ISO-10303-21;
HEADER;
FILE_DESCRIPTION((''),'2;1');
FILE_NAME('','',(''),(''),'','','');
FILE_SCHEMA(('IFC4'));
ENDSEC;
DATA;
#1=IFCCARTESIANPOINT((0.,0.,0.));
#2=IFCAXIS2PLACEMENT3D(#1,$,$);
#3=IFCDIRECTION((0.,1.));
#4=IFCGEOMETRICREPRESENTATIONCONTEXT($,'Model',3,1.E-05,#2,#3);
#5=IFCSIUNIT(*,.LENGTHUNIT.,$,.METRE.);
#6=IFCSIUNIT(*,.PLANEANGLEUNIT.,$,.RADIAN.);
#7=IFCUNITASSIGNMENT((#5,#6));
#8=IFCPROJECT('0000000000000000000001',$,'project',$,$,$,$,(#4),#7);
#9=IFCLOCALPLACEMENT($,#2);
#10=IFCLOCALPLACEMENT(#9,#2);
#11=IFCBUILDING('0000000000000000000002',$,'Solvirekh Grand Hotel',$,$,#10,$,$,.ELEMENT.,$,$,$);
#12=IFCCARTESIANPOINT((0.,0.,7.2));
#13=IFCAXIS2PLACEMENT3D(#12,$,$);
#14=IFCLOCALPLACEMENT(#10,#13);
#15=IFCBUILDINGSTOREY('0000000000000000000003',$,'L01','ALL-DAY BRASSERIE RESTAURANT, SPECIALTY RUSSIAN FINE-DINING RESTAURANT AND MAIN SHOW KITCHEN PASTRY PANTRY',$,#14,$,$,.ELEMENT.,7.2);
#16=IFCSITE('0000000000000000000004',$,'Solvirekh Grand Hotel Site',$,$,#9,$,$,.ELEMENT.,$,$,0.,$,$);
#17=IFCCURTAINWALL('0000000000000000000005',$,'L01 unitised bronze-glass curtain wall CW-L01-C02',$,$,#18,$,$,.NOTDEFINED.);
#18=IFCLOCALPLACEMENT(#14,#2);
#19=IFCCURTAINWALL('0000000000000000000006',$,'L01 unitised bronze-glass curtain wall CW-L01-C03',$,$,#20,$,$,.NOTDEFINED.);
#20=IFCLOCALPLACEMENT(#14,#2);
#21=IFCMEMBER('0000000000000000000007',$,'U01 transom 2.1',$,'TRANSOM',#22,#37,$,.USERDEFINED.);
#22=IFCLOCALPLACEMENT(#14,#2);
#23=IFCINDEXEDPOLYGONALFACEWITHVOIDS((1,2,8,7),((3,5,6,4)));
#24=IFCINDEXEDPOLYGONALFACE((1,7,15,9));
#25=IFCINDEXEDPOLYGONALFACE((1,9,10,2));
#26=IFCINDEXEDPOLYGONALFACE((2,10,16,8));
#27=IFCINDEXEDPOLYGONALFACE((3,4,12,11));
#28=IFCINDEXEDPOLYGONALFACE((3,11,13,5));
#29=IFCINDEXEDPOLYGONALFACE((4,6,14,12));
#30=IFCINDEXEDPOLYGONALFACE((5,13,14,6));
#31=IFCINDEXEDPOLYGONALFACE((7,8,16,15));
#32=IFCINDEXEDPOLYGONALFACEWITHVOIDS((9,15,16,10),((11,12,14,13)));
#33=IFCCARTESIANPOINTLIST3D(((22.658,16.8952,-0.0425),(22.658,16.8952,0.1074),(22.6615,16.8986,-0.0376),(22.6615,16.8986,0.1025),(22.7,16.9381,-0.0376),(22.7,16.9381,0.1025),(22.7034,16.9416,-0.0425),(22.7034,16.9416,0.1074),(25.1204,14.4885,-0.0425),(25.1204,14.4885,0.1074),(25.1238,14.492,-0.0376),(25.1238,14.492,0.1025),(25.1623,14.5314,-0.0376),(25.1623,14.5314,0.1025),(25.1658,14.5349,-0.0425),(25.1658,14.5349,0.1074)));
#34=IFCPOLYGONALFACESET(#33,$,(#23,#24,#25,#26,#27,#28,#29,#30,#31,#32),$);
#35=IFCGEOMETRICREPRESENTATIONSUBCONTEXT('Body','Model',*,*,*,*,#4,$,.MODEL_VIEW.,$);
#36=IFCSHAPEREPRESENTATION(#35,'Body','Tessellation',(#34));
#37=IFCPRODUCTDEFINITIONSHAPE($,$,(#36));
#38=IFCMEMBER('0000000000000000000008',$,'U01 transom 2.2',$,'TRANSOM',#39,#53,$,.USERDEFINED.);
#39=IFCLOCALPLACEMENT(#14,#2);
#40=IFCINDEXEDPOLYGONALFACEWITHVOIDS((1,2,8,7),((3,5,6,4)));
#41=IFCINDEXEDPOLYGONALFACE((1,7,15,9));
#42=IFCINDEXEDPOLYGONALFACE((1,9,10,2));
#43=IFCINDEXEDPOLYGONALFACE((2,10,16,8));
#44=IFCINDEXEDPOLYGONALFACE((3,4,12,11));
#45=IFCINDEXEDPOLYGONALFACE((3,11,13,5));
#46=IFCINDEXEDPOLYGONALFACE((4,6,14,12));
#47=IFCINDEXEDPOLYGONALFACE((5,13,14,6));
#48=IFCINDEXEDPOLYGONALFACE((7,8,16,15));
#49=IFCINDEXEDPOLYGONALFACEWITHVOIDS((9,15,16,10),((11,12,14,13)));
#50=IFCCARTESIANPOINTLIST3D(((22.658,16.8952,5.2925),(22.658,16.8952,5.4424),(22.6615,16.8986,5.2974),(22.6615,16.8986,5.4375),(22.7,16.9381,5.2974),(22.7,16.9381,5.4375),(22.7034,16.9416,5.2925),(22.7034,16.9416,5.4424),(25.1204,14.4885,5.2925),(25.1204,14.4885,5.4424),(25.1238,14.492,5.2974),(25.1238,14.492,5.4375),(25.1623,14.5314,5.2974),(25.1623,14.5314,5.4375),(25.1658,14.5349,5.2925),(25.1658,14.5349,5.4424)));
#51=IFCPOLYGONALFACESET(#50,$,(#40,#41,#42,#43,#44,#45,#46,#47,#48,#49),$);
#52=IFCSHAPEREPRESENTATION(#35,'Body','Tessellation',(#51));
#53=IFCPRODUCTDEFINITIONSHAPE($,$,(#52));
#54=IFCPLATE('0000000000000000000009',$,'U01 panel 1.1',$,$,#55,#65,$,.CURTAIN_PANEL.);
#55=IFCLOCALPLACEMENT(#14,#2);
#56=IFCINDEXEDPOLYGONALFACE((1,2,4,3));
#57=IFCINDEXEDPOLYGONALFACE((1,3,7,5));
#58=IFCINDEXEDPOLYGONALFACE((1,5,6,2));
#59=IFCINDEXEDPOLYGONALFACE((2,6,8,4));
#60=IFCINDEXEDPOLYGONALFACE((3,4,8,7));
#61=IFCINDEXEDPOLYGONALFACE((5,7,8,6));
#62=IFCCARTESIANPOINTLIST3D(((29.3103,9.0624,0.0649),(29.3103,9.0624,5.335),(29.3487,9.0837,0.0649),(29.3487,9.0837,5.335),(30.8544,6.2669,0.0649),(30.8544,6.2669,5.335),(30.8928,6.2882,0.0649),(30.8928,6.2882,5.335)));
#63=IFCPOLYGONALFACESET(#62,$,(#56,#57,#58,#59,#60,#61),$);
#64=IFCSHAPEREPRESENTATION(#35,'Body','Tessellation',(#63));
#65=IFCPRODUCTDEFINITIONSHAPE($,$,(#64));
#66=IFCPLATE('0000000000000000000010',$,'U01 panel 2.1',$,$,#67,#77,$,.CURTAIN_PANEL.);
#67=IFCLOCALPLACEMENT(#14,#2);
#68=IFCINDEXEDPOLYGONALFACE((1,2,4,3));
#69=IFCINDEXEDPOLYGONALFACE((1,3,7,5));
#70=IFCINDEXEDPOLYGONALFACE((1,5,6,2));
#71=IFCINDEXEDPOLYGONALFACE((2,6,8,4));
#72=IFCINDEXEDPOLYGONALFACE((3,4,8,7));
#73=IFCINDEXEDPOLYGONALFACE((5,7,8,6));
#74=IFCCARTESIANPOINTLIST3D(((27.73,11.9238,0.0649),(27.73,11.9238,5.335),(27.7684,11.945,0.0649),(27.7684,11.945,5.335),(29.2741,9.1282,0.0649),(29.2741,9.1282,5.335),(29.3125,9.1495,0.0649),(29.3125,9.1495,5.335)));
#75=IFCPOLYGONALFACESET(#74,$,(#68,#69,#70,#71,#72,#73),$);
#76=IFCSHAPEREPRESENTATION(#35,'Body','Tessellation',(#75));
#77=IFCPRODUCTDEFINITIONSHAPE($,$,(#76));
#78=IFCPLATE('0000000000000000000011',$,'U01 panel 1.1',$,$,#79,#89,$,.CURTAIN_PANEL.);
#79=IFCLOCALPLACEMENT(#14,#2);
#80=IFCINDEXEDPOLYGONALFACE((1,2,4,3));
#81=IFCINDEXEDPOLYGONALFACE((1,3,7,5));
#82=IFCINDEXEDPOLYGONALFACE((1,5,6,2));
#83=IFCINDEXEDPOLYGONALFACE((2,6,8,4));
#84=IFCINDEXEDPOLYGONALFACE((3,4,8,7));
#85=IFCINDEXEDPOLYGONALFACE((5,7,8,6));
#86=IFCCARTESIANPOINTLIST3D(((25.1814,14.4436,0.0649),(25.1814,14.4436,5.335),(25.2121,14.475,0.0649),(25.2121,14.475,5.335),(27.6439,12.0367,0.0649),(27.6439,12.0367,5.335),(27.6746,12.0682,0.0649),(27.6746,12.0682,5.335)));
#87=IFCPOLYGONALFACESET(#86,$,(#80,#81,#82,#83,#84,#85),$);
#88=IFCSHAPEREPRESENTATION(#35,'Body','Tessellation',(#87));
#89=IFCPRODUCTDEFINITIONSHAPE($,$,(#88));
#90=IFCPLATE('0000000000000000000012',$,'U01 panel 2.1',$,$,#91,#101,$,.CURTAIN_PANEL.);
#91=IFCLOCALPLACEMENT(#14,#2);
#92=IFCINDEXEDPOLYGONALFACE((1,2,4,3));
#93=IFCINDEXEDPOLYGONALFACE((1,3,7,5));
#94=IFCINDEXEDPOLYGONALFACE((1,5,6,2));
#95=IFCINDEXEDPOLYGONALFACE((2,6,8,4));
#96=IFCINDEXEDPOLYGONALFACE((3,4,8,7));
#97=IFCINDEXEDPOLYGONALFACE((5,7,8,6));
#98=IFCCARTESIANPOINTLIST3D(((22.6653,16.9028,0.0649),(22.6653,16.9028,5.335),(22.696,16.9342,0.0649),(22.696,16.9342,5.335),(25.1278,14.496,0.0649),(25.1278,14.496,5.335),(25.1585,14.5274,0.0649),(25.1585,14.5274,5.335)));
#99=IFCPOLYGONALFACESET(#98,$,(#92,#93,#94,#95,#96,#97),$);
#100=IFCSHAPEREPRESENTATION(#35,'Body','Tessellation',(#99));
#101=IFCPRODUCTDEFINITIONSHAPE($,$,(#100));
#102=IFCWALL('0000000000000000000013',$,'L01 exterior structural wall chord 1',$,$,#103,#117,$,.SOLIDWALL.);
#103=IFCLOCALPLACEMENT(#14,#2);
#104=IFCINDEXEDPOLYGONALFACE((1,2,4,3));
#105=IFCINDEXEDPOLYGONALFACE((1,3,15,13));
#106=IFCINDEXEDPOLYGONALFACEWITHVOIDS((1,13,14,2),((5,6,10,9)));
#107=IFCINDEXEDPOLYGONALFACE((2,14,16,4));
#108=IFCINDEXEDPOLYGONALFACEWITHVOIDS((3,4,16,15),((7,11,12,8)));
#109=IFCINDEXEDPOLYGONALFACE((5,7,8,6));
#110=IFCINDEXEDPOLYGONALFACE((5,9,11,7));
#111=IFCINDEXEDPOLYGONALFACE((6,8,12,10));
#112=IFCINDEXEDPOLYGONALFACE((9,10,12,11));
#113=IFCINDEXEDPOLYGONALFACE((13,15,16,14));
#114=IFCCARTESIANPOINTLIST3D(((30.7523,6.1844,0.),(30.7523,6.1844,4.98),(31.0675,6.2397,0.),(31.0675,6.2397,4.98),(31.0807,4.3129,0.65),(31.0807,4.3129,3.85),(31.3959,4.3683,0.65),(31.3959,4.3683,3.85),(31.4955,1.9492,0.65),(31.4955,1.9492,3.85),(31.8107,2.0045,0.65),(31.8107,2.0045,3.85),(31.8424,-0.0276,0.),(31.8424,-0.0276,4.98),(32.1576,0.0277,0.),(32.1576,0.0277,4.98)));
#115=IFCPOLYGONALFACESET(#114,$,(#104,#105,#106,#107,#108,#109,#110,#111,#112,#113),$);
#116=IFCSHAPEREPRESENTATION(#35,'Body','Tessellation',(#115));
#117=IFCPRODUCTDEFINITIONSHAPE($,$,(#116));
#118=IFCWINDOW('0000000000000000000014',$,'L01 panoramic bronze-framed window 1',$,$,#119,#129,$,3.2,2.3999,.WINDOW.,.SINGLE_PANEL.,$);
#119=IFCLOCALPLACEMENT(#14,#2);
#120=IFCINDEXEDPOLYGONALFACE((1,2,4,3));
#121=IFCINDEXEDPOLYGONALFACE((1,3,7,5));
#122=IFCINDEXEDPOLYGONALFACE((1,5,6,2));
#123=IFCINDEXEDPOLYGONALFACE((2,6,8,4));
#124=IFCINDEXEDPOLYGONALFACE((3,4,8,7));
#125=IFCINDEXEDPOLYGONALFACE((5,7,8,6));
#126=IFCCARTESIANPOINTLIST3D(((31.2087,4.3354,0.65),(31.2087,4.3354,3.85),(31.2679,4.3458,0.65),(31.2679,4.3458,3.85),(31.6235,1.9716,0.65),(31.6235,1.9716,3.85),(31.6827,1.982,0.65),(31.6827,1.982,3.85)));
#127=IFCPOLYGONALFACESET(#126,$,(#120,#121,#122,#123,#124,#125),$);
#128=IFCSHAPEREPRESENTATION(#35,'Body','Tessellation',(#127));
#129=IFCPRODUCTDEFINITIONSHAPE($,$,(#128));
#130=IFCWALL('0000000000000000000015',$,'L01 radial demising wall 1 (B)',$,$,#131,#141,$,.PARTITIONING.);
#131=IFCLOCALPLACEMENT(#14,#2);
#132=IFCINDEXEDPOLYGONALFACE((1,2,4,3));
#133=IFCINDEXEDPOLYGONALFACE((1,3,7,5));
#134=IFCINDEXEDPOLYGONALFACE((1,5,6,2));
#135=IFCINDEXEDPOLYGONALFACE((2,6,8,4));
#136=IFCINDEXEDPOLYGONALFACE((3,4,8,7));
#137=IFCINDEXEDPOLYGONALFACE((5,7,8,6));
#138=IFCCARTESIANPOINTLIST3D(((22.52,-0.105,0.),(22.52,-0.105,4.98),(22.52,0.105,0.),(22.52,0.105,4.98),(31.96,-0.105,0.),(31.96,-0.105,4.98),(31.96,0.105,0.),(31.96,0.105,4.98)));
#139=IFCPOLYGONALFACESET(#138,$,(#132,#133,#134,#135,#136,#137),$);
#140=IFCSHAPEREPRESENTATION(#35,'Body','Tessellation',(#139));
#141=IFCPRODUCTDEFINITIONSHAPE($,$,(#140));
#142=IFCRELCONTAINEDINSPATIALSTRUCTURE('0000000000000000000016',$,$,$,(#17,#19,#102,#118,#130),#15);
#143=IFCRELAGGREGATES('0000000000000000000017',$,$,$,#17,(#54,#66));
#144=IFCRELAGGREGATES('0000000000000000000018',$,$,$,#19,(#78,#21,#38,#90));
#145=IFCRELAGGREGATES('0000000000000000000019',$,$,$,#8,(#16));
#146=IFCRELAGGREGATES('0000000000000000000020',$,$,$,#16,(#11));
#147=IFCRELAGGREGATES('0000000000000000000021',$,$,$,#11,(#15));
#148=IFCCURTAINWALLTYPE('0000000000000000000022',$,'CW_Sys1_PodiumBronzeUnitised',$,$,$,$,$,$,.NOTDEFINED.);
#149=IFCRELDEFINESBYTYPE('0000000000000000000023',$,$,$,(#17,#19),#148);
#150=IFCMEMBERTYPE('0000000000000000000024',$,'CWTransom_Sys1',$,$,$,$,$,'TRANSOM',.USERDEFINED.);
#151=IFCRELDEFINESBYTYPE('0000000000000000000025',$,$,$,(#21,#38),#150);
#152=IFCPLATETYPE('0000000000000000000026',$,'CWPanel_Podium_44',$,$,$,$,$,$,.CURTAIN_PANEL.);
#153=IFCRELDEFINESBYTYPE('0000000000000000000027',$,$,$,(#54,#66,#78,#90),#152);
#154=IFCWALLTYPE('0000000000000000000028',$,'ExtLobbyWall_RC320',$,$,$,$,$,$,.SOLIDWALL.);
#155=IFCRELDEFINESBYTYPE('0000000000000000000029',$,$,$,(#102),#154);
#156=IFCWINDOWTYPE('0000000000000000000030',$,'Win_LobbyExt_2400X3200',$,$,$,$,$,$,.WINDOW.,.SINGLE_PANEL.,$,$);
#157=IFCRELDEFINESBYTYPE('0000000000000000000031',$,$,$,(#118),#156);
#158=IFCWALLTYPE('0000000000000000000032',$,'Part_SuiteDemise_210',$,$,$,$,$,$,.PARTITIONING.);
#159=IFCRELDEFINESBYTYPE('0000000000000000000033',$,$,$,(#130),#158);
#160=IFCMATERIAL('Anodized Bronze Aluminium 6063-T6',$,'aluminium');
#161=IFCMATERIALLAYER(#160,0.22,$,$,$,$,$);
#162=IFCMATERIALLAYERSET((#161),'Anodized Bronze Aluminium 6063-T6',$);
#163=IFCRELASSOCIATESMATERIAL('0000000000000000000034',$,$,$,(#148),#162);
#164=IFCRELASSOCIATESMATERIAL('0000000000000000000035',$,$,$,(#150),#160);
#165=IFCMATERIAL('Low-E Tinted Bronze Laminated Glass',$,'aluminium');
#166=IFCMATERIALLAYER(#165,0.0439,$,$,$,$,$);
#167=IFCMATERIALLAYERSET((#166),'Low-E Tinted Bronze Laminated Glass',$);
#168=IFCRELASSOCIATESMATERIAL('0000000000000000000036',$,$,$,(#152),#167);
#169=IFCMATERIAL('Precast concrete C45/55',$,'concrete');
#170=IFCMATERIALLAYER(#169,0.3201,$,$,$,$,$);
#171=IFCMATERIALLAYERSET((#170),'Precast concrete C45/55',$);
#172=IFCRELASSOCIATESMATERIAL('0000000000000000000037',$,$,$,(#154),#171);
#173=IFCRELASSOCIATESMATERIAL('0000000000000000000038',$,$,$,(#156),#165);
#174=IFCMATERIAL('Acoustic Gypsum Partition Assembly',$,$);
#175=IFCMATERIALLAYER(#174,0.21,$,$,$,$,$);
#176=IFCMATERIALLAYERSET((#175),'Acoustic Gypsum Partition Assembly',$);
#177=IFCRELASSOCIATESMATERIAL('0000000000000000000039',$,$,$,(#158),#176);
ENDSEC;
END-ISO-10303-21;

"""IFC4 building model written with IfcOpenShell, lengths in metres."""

from ifc_helpers import new_model, si_unit, direction, frame, frame_2d, origin, origin_2d, place, context, subcontext, project, spatial, rectangle, hollow_rectangle, extrude, source, transform, mapped, material, layer, layer_set, material_profile, profile_set, type_object, element, fill, aggregate, save


model = new_model("IFC4")

# Units and contexts
model_context = context("Model", 3, precision=1e-05, world=origin(), true_north=direction((0.0, 1.0)))
body_context = subcontext(model_context, "Body", "Model", "MODEL_VIEW")
ifc_project = project(units=[si_unit("LENGTHUNIT", "METRE"), si_unit("PLANEANGLEUNIT", "RADIAN")], contexts=[model_context])

# Site, building, storey
site_placement = place(None, origin())
site = spatial("IfcSite", under=ifc_project, at=site_placement, Name="Solvirekh Grand Hotel Site", CompositionType="ELEMENT", RefElevation=0.0)
building_placement = place(site_placement, origin())
building = spatial("IfcBuilding", under=site, at=building_placement, Name="Solvirekh Grand Hotel", CompositionType="ELEMENT")
storey_placement = place(building_placement, frame((0.0, 0.0, 7.2)))
storey = spatial("IfcBuildingStorey", under=building, at=storey_placement, Name="L01", Description="ALL-DAY BRASSERIE RESTAURANT, SPECIALTY RUSSIAN FINE-DINING RESTAURANT AND MAIN SHOW KITCHEN PASTRY PANTRY", CompositionType="ELEMENT", Elevation=7.2)

# Curtain walls
ifc_material_1 = material(Name="Anodized Bronze Aluminium 6063-T6", Category="aluminium")
ifc_layer_1 = layer(ifc_material_1, 0.22)
ifc_layer_set_1 = layer_set([ifc_layer_1], Name="Anodized Bronze Aluminium 6063-T6")
curtain_wall_type = type_object("IfcCurtainWallType", Name="CW_Sys1_PodiumBronzeUnitised", PredefinedType="NOTDEFINED", material=ifc_layer_set_1)
curtain_wall_1_placement = place(storey_placement, origin())
curtain_wall_1 = element("IfcCurtainWall", 1, at=curtain_wall_1_placement, inside=storey, type_object=curtain_wall_type, Name="L01 unitised bronze-glass curtain wall CW-L01-C02", PredefinedType="NOTDEFINED")
curtain_wall_2_placement = place(storey_placement, origin())
curtain_wall_2 = element("IfcCurtainWall", 2, at=curtain_wall_2_placement, inside=storey, type_object=curtain_wall_type, Name="L01 unitised bronze-glass curtain wall CW-L01-C03", PredefinedType="NOTDEFINED")

# Members
ifc_material_profile_1 = material_profile(ifc_material_1, hollow_rectangle(XDim=0.0649, YDim=0.1499, WallThickness=0.0049, at=origin_2d()), Name="ALU RHS 150X65X5")
ifc_profile_set_1 = profile_set([ifc_material_profile_1], Name="Anodized Bronze Aluminium 6063-T6")
member_type_1 = type_object("IfcMemberType", Name="CWTransom_Sys1", ElementType="TRANSOM", PredefinedType="USERDEFINED", material=ifc_profile_set_1)
shared_shape_1 = source(origin(), body_context, "Body", "SweptSolid", [
    extrude(hollow_rectangle(XDim=0.0649, YDim=0.1499, WallThickness=0.0049, at=origin_2d()), origin(), (0.0, 0.0, 1.0), 3.4431),
])
member_1_placement = place(storey_placement, frame((25.1431, 14.5117, 0.0325), z_axis=(-0.715144, 0.698977, 0.0), x_axis=(-0.698977, -0.715144, 0.0)))
member_1 = element("IfcMember", 3, at=member_1_placement, type_object=member_type_1, Name="U01 transom 2.1", ObjectType="TRANSOM", PredefinedType="USERDEFINED", context=body_context, shape_type="MappedRepresentation", body=[
    mapped(shared_shape_1, transform((0.0, 0.0, 0.0), x_axis=(1.0, 0.0, 0.0), y_axis=(0.0, 1.0, 0.0), z_axis=(0.0, 0.0, 1.0), scale=1.0)),
])
member_2_placement = place(storey_placement, frame((25.1431, 14.5117, 5.3674), z_axis=(-0.715144, 0.698977, 0.0), x_axis=(-0.698977, -0.715144, 0.0)))
member_2 = element("IfcMember", 4, at=member_2_placement, type_object=member_type_1, Name="U01 transom 2.2", ObjectType="TRANSOM", PredefinedType="USERDEFINED", context=body_context, shape_type="MappedRepresentation", body=[
    mapped(shared_shape_1, transform((0.0, 0.0, 0.0), x_axis=(1.0, 0.0, 0.0), y_axis=(0.0, 1.0, 0.0), z_axis=(0.0, 0.0, 1.0), scale=1.0)),
])

# Plates
ifc_material_2 = material(Name="Low-E Tinted Bronze Laminated Glass", Category="aluminium")
ifc_layer_2 = layer(ifc_material_2, 0.0439)
ifc_layer_set_2 = layer_set([ifc_layer_2], Name="Low-E Tinted Bronze Laminated Glass")
plate_type = type_object("IfcPlateType", Name="CWPanel_Podium_44", PredefinedType="CURTAIN_PANEL", material=ifc_layer_set_2)
shared_shape_2 = source(origin(), body_context, "Body", "SweptSolid", [
    extrude(rectangle(XDim=3.1936, YDim=0.0439, at=origin_2d()), origin(), (0.0, 0.0, 1.0), 5.27),
])
plate_1_placement = place(storey_placement, frame((30.1016, 7.6753, 0.0649), z_axis=(0.0, 0.0, 1.0), x_axis=(-0.483497, 0.875346, 0.0)))
plate_1 = element("IfcPlate", 5, at=plate_1_placement, type_object=plate_type, Name="U01 panel 1.1", PredefinedType="CURTAIN_PANEL", context=body_context, shape_type="MappedRepresentation", body=[
    mapped(shared_shape_2, transform((0.0, 0.0, 0.0), x_axis=(1.0, 0.0, 0.0), y_axis=(0.0, 1.0, 0.0), z_axis=(0.0, 0.0, 1.0), scale=1.0)),
])
plate_2_placement = place(storey_placement, frame((28.5212, 10.5366, 0.0649), z_axis=(0.0, 0.0, 1.0), x_axis=(-0.483497, 0.875346, 0.0)))
plate_2 = element("IfcPlate", 6, at=plate_2_placement, type_object=plate_type, Name="U01 panel 2.1", PredefinedType="CURTAIN_PANEL", context=body_context, shape_type="MappedRepresentation", body=[
    mapped(shared_shape_2, transform((0.0, 0.0, 0.0), x_axis=(1.0, 0.0, 0.0), y_axis=(0.0, 1.0, 0.0), z_axis=(0.0, 0.0, 1.0), scale=1.0)),
])
aggregate(curtain_wall_1, [plate_1, plate_2])
shared_shape_3 = source(origin(), body_context, "Body", "SweptSolid", [
    extrude(rectangle(XDim=3.4434, YDim=0.0439, at=origin_2d()), origin(), (0.0, 0.0, 1.0), 5.27),
])
plate_3_placement = place(storey_placement, frame((26.428, 13.2559, 0.0649), z_axis=(0.0, 0.0, 1.0), x_axis=(-0.715146, 0.698975, 0.0)))
plate_3 = element("IfcPlate", 7, at=plate_3_placement, type_object=plate_type, Name="U01 panel 1.1", PredefinedType="CURTAIN_PANEL", context=body_context, shape_type="MappedRepresentation", body=[
    mapped(shared_shape_3, transform((0.0, 0.0, 0.0), x_axis=(1.0, 0.0, 0.0), y_axis=(0.0, 1.0, 0.0), z_axis=(0.0, 0.0, 1.0), scale=1.0)),
])
plate_4_placement = place(storey_placement, frame((23.9119, 15.7151, 0.0649), z_axis=(0.0, 0.0, 1.0), x_axis=(-0.715146, 0.698975, 0.0)))
plate_4 = element("IfcPlate", 8, at=plate_4_placement, type_object=plate_type, Name="U01 panel 2.1", PredefinedType="CURTAIN_PANEL", context=body_context, shape_type="MappedRepresentation", body=[
    mapped(shared_shape_3, transform((0.0, 0.0, 0.0), x_axis=(1.0, 0.0, 0.0), y_axis=(0.0, 1.0, 0.0), z_axis=(0.0, 0.0, 1.0), scale=1.0)),
])
aggregate(curtain_wall_2, [plate_3, member_1, member_2, plate_4])

# Wall, opening, window
ifc_material_3 = material(Name="Precast concrete C45/55", Category="concrete")
ifc_layer_3 = layer(ifc_material_3, 0.3201)
ifc_layer_set_3 = layer_set([ifc_layer_3], Name="Precast concrete C45/55")
wall_type_1 = type_object("IfcWallType", Name="ExtLobbyWall_RC320", PredefinedType="SOLIDWALL", material=ifc_layer_set_3)
wall_1_placement = place(storey_placement, frame((30.9099, 6.2119, 0.0), z_axis=(0.0, 0.0, 1.0), x_axis=(0.172842, -0.98495, 0.0)))
wall_1 = element("IfcWall", 9, at=wall_1_placement, inside=storey, type_object=wall_type_1, Name="L01 exterior structural wall chord 1", PredefinedType="SOLIDWALL", context=body_context, shape_type="SweptSolid", body=[
    extrude(rectangle(XDim=6.3069, YDim=0.3201, at=frame_2d((3.1533, 0.0))), origin(), (0.0, 0.0, 1.0), 4.98),
])
opening_placement = place(wall_1_placement, frame((1.8999, 0.0, 0.6499)))
opening = element("IfcOpeningElement", 10, at=opening_placement, cuts=wall_1, PredefinedType="OPENING", context=body_context, shape_type="SweptSolid", body=[
    extrude(rectangle(XDim=2.3999, YDim=3.2, at=frame_2d((1.2, 1.6001))), frame((0.0, 0.1699, 0.0), z_axis=(0.0, -1.0, 0.0), x_axis=(1.0, 0.0, 0.0)), (0.0, 0.0, 1.0), 0.3401),
])
window_type = type_object("IfcWindowType", Name="Win_LobbyExt_2400X3200", PartitioningType="SINGLE_PANEL", PredefinedType="WINDOW", material=ifc_material_2)
window_placement = place(opening_placement, origin())
window = element("IfcWindow", 11, at=window_placement, inside=storey, type_object=window_type, Name="L01 panoramic bronze-framed window 1", OverallHeight=3.2, OverallWidth=2.3999, PartitioningType="SINGLE_PANEL", PredefinedType="WINDOW", context=body_context, shape_type="SweptSolid", body=[
    extrude(rectangle(XDim=2.3999, YDim=3.2, at=frame_2d((1.2, 1.6001))), frame((0.0, 0.03, 0.0), z_axis=(0.0, -1.0, 0.0), x_axis=(1.0, 0.0, 0.0)), (0.0, 0.0, 1.0), 0.0601),
])
fill(opening, window)

# Wall
ifc_material_4 = material(Name="Acoustic Gypsum Partition Assembly")
ifc_layer_4 = layer(ifc_material_4, 0.21)
ifc_layer_set_4 = layer_set([ifc_layer_4], Name="Acoustic Gypsum Partition Assembly")
wall_type_2 = type_object("IfcWallType", Name="Part_SuiteDemise_210", PredefinedType="PARTITIONING", material=ifc_layer_set_4)
wall_2_placement = place(storey_placement, frame((22.52, 0.0, 0.0), z_axis=(0.0, 0.0, 1.0), x_axis=(1.0, 0.0, 0.0)))
element("IfcWall", 12, at=wall_2_placement, inside=storey, type_object=wall_type_2, Name="L01 radial demising wall 1 (B)", PredefinedType="PARTITIONING", context=body_context, shape_type="SweptSolid", body=[
    extrude(rectangle(XDim=9.4399, YDim=0.21, at=frame_2d((4.72, 0.0))), origin(), (0.0, 0.0, 1.0), 4.98),
])

save(model, "model.ifc")
